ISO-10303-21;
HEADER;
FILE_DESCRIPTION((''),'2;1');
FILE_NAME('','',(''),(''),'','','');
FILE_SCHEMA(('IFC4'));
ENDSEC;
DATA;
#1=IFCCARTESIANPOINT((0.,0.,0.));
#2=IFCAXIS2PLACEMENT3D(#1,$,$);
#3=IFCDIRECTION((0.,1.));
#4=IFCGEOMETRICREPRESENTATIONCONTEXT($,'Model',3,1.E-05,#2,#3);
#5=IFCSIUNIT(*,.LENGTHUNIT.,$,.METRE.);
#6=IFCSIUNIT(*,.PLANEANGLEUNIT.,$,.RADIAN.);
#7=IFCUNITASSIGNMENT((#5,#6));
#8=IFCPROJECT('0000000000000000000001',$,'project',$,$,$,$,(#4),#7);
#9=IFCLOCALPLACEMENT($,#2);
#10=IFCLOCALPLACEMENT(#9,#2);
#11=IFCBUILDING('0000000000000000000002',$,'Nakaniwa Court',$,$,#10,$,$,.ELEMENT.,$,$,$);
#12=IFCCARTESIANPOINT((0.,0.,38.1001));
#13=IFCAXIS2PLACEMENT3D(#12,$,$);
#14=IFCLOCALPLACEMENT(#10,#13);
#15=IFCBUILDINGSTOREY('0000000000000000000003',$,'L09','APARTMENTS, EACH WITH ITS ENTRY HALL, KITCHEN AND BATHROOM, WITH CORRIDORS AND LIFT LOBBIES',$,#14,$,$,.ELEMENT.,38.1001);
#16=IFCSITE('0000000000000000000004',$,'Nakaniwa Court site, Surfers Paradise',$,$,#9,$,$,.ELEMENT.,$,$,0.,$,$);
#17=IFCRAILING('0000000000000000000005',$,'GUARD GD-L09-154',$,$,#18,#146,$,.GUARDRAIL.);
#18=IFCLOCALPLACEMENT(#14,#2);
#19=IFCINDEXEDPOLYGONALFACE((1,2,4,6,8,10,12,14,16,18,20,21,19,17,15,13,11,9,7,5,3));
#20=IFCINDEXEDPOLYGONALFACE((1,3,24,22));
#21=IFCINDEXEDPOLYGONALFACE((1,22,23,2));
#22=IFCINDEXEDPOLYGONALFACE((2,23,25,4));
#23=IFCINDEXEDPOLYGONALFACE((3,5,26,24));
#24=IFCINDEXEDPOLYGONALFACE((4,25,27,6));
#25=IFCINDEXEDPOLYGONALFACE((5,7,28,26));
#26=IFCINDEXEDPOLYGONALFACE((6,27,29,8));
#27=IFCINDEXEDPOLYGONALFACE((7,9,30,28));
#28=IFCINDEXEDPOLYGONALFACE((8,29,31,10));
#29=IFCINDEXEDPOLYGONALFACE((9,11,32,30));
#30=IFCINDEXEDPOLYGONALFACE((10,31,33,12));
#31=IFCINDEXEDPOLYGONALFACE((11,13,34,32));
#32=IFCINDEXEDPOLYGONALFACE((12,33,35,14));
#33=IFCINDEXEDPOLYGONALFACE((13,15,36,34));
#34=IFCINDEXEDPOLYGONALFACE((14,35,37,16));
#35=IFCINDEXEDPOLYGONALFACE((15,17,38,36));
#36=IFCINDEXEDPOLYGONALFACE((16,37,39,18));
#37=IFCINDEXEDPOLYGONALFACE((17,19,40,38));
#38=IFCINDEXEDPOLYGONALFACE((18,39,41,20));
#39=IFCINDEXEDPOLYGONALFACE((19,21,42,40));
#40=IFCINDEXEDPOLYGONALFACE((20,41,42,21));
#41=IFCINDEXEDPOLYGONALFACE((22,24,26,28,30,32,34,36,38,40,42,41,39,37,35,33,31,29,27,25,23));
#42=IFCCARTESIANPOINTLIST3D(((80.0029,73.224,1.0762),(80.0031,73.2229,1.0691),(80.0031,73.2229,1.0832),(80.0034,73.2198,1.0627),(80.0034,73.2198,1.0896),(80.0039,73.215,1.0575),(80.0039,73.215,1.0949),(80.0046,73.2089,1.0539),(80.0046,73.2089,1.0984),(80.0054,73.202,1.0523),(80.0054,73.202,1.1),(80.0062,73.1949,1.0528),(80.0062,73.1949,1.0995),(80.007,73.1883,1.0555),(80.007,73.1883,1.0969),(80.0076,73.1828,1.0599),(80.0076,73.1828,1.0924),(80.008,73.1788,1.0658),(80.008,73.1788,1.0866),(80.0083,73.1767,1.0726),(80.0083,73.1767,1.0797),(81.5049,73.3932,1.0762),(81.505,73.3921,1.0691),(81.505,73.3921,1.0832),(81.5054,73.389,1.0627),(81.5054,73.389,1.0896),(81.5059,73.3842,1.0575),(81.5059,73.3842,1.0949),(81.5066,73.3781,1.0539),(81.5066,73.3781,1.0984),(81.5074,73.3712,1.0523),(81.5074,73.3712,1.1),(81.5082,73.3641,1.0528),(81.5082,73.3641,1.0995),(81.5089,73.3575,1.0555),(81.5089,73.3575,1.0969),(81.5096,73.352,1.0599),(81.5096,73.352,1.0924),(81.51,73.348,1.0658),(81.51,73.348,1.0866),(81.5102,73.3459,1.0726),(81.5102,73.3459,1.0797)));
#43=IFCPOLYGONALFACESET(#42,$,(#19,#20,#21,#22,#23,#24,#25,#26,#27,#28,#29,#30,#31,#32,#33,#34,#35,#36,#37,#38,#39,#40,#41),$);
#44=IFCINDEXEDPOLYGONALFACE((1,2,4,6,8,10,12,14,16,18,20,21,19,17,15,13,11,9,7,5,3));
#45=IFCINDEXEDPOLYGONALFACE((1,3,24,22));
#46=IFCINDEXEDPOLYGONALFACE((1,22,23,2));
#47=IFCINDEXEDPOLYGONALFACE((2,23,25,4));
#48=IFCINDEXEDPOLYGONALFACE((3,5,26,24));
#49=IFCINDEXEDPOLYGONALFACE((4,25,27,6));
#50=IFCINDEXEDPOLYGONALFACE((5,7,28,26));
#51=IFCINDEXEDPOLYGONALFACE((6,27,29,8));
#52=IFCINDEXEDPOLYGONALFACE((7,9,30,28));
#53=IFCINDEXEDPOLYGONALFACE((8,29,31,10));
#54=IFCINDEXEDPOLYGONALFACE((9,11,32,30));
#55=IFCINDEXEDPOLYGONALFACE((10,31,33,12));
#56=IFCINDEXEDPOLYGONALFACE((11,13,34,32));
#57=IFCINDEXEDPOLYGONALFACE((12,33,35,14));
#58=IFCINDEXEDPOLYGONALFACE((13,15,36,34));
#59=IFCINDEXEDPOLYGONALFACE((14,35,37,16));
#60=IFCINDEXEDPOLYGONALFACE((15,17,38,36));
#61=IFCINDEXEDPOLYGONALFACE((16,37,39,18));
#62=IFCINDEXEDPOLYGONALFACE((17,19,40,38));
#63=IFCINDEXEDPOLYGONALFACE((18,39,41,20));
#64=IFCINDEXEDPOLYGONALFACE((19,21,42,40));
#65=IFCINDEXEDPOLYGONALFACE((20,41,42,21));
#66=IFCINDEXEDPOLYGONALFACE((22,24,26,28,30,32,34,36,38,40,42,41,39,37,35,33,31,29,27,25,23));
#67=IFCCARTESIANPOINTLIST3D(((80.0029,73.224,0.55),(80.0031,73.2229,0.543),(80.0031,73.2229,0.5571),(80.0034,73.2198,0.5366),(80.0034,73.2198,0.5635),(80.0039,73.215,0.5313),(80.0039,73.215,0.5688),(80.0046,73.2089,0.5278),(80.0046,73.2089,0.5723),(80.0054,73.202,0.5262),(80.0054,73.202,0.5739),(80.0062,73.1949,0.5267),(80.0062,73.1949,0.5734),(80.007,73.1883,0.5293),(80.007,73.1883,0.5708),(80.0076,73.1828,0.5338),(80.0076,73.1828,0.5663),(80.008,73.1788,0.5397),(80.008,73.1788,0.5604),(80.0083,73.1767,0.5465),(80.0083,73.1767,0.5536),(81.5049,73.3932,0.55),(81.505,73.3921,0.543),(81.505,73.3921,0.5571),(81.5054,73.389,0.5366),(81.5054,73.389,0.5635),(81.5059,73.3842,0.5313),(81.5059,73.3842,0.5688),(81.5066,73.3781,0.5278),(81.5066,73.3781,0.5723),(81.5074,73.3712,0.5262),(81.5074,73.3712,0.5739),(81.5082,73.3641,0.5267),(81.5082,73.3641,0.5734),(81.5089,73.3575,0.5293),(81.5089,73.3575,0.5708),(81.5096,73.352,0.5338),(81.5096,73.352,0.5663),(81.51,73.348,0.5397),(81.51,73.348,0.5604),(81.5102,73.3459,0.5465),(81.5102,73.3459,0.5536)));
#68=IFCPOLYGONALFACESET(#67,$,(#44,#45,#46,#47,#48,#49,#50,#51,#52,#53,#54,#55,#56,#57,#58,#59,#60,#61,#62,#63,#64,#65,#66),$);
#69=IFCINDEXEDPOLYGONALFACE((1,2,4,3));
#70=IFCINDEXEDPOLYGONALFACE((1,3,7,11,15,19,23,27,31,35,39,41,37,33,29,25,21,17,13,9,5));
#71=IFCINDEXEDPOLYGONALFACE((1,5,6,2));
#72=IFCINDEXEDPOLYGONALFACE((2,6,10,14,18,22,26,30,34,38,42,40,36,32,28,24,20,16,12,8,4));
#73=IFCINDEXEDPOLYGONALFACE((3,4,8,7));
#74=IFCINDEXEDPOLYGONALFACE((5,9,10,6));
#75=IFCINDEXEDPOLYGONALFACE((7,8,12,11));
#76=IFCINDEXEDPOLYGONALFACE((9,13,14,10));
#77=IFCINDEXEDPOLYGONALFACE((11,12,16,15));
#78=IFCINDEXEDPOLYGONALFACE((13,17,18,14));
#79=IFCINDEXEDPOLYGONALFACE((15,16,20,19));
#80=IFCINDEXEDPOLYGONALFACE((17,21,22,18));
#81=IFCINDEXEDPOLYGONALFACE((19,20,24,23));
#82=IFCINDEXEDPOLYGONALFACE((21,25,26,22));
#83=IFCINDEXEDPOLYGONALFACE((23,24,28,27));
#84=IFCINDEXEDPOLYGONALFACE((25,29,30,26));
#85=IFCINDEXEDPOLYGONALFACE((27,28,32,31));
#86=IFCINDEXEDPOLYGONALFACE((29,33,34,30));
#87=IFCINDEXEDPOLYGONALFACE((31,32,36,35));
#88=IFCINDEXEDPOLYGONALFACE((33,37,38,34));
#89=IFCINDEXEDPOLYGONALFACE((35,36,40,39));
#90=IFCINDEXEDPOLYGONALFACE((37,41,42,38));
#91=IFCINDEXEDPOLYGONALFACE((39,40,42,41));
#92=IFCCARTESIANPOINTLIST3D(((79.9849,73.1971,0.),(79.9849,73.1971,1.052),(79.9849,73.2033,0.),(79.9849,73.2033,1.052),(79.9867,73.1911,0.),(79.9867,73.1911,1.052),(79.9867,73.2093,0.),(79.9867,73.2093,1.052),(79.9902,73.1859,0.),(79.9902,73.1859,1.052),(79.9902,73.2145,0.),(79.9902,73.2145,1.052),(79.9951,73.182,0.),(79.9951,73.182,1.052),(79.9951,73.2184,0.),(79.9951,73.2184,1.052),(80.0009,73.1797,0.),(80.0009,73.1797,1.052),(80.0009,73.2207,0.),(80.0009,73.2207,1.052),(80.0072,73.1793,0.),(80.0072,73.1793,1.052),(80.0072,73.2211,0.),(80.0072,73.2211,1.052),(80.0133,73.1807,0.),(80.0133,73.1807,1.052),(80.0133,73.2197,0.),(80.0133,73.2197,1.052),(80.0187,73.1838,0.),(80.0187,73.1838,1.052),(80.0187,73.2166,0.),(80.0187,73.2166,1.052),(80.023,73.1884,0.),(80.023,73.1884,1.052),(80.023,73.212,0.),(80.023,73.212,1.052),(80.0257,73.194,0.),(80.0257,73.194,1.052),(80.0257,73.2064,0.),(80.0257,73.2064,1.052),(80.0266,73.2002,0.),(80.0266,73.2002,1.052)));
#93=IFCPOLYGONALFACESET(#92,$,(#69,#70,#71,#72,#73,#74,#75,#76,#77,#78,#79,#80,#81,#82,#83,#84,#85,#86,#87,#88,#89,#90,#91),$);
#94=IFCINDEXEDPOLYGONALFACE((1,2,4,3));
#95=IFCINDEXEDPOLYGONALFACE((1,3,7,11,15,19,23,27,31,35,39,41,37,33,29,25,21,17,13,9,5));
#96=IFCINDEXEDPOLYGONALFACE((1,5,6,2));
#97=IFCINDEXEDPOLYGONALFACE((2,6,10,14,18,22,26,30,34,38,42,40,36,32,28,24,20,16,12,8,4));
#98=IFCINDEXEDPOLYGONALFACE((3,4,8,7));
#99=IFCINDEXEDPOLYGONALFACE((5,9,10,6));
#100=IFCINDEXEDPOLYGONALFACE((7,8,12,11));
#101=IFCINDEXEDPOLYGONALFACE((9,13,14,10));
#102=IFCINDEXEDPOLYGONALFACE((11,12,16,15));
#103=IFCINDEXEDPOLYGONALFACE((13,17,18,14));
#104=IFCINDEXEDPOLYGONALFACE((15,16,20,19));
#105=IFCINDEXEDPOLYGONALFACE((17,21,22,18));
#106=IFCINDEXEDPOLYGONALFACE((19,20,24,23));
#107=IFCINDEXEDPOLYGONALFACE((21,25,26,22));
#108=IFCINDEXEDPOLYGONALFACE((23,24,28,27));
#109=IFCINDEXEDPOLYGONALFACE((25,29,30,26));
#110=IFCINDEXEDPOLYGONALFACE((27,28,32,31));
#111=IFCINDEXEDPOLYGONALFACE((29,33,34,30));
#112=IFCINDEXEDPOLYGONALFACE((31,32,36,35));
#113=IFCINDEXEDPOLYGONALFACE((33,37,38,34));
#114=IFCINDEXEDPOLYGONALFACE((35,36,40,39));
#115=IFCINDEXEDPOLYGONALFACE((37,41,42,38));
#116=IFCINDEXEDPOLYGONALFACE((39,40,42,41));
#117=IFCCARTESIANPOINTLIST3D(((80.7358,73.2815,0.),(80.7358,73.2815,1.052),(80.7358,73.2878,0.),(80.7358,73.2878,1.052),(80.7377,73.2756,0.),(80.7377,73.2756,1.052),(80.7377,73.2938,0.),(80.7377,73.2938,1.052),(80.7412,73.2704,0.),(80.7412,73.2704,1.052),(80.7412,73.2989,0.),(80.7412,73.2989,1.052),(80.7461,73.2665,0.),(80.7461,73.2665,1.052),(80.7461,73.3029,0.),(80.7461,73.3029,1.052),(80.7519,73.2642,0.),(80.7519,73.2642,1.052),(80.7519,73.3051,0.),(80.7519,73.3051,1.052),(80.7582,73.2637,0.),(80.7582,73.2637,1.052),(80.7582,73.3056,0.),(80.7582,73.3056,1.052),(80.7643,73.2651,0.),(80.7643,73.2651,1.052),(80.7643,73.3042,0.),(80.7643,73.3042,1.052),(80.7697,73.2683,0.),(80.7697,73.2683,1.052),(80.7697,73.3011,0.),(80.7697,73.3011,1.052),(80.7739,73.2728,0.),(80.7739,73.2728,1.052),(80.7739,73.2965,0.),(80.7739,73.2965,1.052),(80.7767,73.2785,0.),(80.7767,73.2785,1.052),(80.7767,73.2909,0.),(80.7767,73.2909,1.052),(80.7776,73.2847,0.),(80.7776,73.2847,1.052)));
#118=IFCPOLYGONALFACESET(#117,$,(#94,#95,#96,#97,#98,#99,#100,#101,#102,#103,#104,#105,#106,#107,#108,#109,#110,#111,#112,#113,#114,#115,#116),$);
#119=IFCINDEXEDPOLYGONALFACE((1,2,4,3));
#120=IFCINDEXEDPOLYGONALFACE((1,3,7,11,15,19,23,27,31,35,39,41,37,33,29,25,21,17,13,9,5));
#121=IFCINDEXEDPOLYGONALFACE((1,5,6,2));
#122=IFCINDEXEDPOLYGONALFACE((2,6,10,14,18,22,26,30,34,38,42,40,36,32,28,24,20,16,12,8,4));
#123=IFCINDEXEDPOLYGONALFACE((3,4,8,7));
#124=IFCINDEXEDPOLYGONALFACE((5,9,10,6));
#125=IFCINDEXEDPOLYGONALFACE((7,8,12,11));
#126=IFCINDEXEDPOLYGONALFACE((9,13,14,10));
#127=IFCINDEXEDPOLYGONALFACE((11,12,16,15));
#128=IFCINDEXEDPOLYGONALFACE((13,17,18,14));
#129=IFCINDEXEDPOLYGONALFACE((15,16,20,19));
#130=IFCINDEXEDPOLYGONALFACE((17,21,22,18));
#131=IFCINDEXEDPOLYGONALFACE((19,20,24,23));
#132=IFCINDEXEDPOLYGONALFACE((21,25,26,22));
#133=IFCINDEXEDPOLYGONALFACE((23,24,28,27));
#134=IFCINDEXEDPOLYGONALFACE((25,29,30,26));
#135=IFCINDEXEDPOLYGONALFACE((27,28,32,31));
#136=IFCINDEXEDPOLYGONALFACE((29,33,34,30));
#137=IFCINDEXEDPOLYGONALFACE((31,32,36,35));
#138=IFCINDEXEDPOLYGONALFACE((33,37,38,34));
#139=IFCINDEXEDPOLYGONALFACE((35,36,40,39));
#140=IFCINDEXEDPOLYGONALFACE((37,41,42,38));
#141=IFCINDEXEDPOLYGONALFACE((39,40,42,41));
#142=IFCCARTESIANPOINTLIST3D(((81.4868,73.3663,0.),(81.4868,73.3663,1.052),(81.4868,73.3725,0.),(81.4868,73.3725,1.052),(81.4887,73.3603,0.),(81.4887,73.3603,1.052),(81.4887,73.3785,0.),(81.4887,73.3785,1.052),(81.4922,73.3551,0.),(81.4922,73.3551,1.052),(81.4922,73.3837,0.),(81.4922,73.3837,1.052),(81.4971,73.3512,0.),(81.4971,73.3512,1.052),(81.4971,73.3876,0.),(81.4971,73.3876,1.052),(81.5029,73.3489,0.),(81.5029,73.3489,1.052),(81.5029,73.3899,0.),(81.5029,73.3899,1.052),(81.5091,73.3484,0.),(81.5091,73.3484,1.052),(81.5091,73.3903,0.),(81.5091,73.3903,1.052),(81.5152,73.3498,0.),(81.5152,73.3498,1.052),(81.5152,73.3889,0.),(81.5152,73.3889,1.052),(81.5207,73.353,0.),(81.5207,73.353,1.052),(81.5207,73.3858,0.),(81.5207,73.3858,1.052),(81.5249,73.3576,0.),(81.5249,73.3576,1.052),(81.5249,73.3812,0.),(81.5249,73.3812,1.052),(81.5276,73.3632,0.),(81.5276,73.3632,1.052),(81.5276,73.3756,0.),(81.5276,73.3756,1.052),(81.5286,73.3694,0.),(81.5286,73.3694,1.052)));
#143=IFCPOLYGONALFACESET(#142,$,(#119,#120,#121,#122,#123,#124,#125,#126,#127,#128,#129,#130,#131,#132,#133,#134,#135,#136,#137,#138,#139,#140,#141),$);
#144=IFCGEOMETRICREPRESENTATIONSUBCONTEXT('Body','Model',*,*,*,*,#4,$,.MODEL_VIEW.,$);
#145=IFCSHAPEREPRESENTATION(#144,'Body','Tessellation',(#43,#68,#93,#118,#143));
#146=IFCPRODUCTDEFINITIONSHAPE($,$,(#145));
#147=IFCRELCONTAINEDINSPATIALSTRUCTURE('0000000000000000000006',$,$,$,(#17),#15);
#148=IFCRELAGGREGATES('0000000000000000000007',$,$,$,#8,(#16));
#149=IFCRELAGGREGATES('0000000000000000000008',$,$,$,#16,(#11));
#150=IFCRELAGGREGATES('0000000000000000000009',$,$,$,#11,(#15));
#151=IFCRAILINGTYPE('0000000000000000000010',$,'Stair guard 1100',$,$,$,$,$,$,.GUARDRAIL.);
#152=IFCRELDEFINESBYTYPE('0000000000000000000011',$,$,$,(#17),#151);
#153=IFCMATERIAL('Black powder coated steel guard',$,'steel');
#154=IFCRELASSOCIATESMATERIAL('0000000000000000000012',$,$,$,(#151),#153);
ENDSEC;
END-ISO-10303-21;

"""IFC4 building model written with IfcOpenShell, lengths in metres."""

from ifc_helpers import new_model, si_unit, direction, frame, origin, origin_2d, place, context, subcontext, project, spatial, circle, extrude, material, type_object, element, save


model = new_model("IFC4")

# Units and contexts
model_context = context("Model", 3, precision=1e-05, world=origin(), true_north=direction((0.0, 1.0)))
body_context = subcontext(model_context, "Body", "Model", "MODEL_VIEW")
ifc_project = project(units=[si_unit("LENGTHUNIT", "METRE"), si_unit("PLANEANGLEUNIT", "RADIAN")], contexts=[model_context])

# Site, building, storey
site_placement = place(None, origin())
site = spatial("IfcSite", under=ifc_project, at=site_placement, Name="Nakaniwa Court site, Surfers Paradise", CompositionType="ELEMENT", RefElevation=0.0)
building_placement = place(site_placement, origin())
building = spatial("IfcBuilding", under=site, at=building_placement, Name="Nakaniwa Court", CompositionType="ELEMENT")
storey_placement = place(building_placement, frame((0.0, 0.0, 38.1001)))
storey = spatial("IfcBuildingStorey", under=building, at=storey_placement, Name="L09", Description="APARTMENTS, EACH WITH ITS ENTRY HALL, KITCHEN AND BATHROOM, WITH CORRIDORS AND LIFT LOBBIES", CompositionType="ELEMENT", Elevation=38.1001)

# Railing
ifc_material_1 = material(Name="Black powder coated steel guard", Category="steel")
railing_type = type_object("IfcRailingType", Name="Stair guard 1100", PredefinedType="GUARDRAIL", material=ifc_material_1)
railing_1_placement = place(storey_placement, frame((80.0056, 73.2002, 0.0)))
element("IfcRailing", 1, at=railing_1_placement, inside=storey, type_object=railing_type, Name="GUARD GD-L09-154", PredefinedType="GUARDRAIL", context=body_context, shape_type="SweptSolid", body=[
    extrude(circle(Radius=0.0239, at=origin_2d()), frame((0.0, 0.0, 1.0762), z_axis=(0.993715, 0.111938, 0.0), x_axis=(-0.111938, 0.993715, 0.0)), (0.0, 0.0, 1.0), 1.5115),
    extrude(circle(Radius=0.0239, at=origin_2d()), frame((0.0, 0.0, 0.55), z_axis=(0.993715, 0.111938, 0.0), x_axis=(-0.111938, 0.993715, 0.0)), (0.0, 0.0, 1.0), 1.5115),
    extrude(circle(Radius=0.021, at=origin_2d()), origin(), (0.0, 0.0, 1.0), 1.052),
    extrude(circle(Radius=0.021, at=origin_2d()), frame((0.751, 0.0845, 0.0)), (0.0, 0.0, 1.0), 1.052),
    extrude(circle(Radius=0.021, at=origin_2d()), frame((1.502, 0.1692, 0.0)), (0.0, 0.0, 1.0), 1.052),
])

save(model, "model.ifc")
